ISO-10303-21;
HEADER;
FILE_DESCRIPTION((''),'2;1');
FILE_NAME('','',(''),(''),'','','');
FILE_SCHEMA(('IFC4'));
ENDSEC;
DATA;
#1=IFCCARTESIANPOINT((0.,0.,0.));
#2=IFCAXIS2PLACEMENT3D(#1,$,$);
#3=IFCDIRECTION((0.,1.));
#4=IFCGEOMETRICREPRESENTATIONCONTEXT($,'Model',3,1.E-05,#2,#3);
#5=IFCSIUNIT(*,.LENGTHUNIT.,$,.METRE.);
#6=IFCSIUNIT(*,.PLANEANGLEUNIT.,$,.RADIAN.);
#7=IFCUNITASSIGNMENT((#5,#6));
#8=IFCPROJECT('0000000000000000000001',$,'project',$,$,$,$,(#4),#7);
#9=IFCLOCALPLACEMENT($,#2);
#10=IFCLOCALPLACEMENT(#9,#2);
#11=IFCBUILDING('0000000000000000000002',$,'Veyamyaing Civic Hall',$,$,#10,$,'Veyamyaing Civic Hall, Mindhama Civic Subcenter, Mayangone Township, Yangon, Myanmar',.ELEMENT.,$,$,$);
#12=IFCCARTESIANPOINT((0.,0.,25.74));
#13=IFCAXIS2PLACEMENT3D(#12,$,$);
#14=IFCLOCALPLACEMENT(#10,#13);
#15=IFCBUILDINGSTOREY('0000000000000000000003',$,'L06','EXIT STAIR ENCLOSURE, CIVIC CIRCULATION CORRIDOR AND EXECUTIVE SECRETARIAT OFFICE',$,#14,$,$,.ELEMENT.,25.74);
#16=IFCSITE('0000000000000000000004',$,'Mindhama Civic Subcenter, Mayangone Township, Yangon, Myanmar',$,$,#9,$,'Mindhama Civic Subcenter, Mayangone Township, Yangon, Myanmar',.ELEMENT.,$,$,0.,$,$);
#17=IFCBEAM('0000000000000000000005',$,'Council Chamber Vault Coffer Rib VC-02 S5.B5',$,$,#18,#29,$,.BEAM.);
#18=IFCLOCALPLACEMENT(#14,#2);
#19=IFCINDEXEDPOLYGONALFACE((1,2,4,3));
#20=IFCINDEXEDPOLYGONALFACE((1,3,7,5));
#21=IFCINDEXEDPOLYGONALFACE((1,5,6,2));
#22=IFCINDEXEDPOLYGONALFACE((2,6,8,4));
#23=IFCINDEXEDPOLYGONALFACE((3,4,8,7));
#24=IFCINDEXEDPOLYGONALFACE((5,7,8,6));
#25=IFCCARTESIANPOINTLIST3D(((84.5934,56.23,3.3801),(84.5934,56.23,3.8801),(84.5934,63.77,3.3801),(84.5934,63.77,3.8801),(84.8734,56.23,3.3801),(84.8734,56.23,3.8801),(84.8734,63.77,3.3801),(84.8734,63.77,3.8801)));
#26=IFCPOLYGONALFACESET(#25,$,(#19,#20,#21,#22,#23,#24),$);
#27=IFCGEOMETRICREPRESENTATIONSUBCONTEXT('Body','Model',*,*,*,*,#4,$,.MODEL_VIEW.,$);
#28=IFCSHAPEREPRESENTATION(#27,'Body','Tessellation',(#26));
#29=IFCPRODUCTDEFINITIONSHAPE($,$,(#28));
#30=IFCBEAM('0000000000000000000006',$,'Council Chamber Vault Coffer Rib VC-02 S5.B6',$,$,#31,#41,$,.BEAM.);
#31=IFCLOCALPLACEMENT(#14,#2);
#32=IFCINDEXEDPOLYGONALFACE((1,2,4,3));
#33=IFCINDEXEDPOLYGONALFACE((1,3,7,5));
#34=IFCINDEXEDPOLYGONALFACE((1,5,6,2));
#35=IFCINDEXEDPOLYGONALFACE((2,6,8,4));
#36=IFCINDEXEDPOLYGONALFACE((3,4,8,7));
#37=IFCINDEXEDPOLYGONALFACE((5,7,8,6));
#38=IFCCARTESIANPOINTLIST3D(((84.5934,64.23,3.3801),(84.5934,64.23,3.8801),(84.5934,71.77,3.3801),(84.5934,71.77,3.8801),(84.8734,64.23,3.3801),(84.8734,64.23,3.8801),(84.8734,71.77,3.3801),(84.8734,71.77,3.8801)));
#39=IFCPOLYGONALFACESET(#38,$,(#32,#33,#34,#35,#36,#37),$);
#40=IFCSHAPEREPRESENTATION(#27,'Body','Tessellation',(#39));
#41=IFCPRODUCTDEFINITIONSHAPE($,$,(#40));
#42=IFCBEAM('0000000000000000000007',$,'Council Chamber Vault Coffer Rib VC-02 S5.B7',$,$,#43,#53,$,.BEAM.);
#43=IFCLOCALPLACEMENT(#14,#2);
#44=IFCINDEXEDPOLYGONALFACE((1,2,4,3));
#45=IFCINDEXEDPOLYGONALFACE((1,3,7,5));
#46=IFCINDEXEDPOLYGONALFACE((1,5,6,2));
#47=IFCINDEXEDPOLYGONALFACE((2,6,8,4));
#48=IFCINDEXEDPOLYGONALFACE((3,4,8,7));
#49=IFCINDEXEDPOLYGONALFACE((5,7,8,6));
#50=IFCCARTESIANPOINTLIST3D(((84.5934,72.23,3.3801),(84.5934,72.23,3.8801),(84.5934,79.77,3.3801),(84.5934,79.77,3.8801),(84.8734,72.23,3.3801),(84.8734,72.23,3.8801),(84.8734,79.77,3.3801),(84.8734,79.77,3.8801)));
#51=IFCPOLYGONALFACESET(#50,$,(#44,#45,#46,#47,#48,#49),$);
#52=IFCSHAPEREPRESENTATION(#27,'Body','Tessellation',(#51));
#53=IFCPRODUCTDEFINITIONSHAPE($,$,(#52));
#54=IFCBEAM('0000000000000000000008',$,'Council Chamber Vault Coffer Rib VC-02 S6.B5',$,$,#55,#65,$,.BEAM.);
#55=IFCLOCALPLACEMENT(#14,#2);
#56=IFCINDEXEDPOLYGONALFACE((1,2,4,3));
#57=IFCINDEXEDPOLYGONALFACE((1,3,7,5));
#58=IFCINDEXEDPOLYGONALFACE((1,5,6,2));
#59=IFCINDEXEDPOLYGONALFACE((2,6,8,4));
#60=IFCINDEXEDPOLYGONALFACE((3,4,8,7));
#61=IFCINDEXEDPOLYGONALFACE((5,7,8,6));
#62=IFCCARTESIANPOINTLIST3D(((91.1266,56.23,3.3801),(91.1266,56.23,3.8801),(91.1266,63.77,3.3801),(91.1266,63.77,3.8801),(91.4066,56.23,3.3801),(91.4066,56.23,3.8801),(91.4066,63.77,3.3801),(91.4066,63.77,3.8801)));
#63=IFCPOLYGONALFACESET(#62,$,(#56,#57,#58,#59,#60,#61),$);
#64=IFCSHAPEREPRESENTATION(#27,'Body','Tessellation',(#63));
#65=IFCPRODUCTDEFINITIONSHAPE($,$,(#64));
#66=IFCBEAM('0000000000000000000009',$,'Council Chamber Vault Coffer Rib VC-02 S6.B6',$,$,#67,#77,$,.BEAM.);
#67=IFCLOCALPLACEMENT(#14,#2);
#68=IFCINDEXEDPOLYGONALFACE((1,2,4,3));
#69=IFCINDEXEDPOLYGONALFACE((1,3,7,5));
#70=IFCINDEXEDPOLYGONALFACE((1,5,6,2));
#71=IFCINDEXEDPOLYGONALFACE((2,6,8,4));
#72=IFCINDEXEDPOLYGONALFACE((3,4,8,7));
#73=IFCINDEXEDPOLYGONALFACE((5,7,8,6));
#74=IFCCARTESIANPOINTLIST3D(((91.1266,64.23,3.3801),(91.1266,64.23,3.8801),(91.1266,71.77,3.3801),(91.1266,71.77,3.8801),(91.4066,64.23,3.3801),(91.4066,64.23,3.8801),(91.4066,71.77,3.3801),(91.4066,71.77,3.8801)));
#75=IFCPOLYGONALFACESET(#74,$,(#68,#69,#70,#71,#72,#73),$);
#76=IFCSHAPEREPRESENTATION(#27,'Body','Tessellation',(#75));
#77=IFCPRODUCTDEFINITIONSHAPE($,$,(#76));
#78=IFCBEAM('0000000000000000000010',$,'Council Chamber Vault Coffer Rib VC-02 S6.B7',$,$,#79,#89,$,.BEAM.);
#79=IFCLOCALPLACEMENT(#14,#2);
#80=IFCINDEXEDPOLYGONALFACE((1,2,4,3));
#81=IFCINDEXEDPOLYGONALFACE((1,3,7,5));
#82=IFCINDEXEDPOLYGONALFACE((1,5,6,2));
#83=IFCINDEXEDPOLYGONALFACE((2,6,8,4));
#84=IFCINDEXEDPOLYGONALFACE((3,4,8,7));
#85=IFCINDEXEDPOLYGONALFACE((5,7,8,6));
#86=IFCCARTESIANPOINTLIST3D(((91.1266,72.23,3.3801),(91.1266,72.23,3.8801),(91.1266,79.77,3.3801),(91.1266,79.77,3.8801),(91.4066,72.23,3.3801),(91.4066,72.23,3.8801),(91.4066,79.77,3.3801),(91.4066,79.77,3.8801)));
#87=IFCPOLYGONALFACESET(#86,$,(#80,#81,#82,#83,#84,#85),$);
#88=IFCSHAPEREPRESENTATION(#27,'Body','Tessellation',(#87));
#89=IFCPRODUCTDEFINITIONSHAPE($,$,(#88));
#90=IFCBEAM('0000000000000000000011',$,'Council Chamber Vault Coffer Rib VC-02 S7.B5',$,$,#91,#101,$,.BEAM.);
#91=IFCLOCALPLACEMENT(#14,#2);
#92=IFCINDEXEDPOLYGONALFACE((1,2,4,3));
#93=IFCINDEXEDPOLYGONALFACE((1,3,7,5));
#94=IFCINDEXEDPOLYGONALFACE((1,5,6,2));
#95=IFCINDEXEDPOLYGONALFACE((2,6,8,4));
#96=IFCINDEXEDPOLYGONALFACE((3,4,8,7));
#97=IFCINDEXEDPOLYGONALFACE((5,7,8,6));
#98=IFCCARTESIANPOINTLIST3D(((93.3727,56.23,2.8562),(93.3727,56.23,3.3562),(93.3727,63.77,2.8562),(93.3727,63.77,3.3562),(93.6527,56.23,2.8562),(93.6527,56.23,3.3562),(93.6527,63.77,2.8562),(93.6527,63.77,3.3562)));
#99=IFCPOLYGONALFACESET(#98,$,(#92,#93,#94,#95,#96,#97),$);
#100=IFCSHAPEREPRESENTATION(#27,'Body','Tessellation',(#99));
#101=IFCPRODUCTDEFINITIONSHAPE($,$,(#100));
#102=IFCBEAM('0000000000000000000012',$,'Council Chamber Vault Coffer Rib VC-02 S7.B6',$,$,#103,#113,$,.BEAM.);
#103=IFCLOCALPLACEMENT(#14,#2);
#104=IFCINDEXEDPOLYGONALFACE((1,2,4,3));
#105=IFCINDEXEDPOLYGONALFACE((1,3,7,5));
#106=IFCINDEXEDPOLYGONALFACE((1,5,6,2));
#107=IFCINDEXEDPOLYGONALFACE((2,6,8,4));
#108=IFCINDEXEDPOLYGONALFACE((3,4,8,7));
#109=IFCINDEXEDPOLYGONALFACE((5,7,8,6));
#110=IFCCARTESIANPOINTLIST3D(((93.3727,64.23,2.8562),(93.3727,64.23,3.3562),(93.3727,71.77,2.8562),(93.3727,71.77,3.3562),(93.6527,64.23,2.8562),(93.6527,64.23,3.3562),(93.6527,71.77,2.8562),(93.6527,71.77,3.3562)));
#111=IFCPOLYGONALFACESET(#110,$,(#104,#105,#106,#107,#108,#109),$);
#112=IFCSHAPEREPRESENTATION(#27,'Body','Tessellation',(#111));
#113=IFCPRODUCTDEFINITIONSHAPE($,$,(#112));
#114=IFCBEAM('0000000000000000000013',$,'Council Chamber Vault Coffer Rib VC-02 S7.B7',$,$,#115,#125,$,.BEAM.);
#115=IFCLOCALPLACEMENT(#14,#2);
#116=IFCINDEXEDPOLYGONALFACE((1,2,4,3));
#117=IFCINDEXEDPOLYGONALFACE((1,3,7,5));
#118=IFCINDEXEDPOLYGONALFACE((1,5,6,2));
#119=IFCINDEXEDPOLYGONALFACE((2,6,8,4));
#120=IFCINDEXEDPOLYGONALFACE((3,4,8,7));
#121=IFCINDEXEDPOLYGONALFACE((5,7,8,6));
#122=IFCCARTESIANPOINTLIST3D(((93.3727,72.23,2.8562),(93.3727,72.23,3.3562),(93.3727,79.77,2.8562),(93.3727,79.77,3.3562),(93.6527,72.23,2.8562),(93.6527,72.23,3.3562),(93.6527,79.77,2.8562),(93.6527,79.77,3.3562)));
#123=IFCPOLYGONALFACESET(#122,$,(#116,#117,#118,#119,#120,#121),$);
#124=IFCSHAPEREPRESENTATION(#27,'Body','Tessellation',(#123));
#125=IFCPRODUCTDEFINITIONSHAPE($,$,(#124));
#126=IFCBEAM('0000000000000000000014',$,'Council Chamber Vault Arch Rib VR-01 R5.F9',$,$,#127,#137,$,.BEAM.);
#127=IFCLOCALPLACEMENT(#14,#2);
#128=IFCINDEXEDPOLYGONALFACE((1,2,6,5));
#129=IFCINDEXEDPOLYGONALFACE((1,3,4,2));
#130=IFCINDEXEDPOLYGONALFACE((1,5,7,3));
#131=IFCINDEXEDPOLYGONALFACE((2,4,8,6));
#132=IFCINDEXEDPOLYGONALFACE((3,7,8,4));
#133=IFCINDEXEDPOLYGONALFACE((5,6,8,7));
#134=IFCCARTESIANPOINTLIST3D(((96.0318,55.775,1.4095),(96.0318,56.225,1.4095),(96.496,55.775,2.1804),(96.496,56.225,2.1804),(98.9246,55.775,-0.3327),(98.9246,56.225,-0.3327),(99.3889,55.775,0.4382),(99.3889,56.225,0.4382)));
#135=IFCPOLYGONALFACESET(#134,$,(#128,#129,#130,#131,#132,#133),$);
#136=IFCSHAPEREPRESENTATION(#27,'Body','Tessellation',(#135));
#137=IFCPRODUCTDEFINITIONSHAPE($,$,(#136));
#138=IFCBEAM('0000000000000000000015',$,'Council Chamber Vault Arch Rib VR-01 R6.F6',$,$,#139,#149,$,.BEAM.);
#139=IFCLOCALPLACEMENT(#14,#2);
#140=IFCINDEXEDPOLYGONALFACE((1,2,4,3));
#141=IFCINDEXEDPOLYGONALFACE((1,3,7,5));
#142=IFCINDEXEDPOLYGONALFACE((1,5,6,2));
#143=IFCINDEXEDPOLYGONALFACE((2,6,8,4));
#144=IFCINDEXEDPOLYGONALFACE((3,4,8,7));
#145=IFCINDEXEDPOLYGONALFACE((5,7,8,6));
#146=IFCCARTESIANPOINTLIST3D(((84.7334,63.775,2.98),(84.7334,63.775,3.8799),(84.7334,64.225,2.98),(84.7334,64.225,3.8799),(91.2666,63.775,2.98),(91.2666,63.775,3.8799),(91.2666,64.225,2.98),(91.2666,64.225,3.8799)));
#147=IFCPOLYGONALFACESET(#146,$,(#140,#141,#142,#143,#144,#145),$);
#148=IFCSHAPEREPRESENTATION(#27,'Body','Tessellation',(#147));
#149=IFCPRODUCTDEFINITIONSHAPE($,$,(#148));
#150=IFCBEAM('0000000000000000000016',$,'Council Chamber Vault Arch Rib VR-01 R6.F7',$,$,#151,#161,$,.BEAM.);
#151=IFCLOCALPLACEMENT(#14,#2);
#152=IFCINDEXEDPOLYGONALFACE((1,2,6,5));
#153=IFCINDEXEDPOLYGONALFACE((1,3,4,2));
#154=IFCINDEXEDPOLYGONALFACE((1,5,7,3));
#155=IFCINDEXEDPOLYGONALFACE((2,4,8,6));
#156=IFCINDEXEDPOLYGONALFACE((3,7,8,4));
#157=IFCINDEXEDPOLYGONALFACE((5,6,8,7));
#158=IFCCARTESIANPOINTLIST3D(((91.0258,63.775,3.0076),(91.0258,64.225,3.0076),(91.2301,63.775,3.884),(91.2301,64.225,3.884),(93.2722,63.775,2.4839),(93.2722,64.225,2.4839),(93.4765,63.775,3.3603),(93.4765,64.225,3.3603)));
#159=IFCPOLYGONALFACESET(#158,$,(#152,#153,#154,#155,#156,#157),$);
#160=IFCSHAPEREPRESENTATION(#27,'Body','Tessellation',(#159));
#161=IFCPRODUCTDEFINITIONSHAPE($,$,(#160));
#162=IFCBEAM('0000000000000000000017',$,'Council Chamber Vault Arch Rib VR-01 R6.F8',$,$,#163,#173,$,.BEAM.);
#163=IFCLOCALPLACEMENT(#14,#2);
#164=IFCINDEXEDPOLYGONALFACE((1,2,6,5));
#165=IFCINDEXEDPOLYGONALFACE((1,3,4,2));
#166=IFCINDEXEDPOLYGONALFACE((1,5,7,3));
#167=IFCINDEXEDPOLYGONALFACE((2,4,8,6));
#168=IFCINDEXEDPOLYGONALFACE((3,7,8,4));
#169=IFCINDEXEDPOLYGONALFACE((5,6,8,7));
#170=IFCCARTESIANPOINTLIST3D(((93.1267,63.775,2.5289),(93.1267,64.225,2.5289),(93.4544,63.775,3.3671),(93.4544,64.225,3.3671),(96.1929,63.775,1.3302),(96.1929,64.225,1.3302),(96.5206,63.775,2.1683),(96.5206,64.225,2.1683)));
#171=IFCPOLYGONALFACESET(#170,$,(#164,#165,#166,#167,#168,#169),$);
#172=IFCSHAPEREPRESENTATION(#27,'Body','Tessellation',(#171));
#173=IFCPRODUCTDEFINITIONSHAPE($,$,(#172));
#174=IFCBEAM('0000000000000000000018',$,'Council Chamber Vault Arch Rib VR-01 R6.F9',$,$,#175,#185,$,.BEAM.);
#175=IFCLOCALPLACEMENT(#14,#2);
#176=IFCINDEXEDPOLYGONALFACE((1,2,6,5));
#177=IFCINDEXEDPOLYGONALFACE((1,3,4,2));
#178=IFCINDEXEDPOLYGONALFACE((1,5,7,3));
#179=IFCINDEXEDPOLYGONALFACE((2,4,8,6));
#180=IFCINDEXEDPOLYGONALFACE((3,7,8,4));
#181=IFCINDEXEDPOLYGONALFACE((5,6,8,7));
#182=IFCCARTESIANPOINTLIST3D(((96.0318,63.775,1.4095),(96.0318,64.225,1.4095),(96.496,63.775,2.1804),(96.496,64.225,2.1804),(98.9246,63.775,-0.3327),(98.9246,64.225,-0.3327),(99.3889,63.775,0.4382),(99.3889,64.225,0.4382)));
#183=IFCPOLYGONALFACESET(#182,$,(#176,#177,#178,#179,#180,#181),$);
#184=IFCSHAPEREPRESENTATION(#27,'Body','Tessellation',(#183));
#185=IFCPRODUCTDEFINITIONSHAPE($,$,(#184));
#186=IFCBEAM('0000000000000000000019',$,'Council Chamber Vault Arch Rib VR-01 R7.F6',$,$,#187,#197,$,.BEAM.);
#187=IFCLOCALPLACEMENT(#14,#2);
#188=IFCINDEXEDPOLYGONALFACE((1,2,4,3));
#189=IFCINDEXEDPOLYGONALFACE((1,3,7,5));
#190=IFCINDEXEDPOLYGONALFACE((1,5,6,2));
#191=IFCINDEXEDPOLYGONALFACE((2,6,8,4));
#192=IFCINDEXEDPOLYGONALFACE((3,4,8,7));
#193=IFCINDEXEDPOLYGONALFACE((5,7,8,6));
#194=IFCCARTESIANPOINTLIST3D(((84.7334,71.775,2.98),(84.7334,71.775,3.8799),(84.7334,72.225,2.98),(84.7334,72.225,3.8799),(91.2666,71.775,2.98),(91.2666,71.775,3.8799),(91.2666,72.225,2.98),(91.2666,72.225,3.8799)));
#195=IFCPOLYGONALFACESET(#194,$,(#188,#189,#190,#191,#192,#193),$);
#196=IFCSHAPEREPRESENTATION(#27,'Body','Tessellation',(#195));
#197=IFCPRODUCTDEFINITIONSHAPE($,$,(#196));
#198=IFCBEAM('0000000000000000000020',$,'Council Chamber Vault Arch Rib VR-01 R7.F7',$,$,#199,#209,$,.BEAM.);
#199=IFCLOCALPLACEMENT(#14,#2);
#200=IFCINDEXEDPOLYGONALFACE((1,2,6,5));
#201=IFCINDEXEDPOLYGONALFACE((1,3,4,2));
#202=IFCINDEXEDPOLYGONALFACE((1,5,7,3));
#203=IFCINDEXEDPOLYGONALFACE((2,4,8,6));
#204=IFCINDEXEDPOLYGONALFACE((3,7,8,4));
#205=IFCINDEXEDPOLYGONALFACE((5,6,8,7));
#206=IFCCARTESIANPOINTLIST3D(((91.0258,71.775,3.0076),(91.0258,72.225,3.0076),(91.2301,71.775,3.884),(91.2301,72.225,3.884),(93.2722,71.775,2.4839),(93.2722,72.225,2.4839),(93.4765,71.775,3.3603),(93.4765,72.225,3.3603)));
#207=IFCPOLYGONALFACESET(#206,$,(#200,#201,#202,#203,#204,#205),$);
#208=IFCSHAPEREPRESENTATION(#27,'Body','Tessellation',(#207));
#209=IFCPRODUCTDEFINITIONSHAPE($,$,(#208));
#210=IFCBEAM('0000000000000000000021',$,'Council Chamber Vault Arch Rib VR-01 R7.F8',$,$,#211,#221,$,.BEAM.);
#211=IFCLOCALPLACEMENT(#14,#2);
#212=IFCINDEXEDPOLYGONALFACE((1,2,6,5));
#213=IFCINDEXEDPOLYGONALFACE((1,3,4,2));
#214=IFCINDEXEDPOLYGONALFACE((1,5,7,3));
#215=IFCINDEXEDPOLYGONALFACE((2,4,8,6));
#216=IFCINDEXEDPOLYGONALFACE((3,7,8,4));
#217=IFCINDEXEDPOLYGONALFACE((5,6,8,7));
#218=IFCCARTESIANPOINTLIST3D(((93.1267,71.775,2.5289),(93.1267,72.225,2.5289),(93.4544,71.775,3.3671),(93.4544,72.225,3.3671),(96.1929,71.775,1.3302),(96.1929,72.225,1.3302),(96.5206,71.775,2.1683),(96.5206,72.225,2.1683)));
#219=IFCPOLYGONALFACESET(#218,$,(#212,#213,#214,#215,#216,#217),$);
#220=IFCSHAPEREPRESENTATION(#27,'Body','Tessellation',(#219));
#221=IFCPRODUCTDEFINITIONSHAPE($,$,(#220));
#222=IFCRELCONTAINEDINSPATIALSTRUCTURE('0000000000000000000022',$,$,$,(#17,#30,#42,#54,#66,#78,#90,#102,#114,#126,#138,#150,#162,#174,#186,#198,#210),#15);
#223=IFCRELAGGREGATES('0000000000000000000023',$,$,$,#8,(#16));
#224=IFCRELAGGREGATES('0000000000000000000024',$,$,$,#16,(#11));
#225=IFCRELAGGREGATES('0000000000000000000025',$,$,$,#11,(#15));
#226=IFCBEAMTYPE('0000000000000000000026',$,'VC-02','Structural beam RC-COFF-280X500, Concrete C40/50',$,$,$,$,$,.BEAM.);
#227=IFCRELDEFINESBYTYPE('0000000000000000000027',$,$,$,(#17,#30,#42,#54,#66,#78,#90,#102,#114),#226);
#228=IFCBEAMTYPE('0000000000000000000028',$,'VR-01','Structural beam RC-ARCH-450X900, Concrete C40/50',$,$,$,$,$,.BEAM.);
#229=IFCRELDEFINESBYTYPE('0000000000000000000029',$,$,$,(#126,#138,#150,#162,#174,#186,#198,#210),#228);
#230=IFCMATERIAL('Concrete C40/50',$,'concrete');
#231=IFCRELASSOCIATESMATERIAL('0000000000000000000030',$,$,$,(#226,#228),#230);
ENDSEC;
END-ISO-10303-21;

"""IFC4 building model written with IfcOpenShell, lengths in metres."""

from ifc_helpers import new_model, si_unit, direction, frame, origin, origin_2d, place, context, subcontext, project, spatial, rectangle, extrude, material, material_profile, profile_set, type_object, element, save


model = new_model("IFC4")

# Units and contexts
model_context = context("Model", 3, precision=1e-05, world=origin(), true_north=direction((0.0, 1.0)))
body_context = subcontext(model_context, "Body", "Model", "MODEL_VIEW")
ifc_project = project(units=[si_unit("LENGTHUNIT", "METRE"), si_unit("PLANEANGLEUNIT", "RADIAN")], contexts=[model_context])

# Site, building, storey
site_placement = place(None, origin())
site = spatial("IfcSite", under=ifc_project, at=site_placement, Name="Mindhama Civic Subcenter, Mayangone Township, Yangon, Myanmar", LongName="Mindhama Civic Subcenter, Mayangone Township, Yangon, Myanmar", CompositionType="ELEMENT", RefElevation=0.0)
building_placement = place(site_placement, origin())
building = spatial("IfcBuilding", under=site, at=building_placement, Name="Veyamyaing Civic Hall", LongName="Veyamyaing Civic Hall, Mindhama Civic Subcenter, Mayangone Township, Yangon, Myanmar", CompositionType="ELEMENT")
storey_placement = place(building_placement, frame((0.0, 0.0, 25.74)))
storey = spatial("IfcBuildingStorey", under=building, at=storey_placement, Name="L06", Description="EXIT STAIR ENCLOSURE, CIVIC CIRCULATION CORRIDOR AND EXECUTIVE SECRETARIAT OFFICE", CompositionType="ELEMENT", Elevation=25.74)

# Beams
ifc_material = material(Name="Concrete C40/50", Category="concrete")
ifc_material_profile_1 = material_profile(ifc_material, rectangle(XDim=0.28, YDim=0.5, at=origin_2d()), Name="RC-COFF-280X500")
ifc_profile_set_1 = profile_set([ifc_material_profile_1], Name="Concrete C40/50")
beam_type_1 = type_object("IfcBeamType", Name="VC-02", Description="Structural beam RC-COFF-280X500, Concrete C40/50", PredefinedType="BEAM", material=ifc_profile_set_1)
for number, where, z_axis, x_axis, name in (
    (1, (84.7334, 56.23, 3.6301), (0.0, 1.0, 0.0), (-1.0, 0.0, 0.0), "Council Chamber Vault Coffer Rib VC-02 S5.B5"),
    (2, (84.7334, 64.23, 3.6301), (0.0, 1.0, 0.0), (-1.0, 0.0, 0.0), "Council Chamber Vault Coffer Rib VC-02 S5.B6"),
    (3, (84.7334, 72.23, 3.6301), (0.0, 1.0, 0.0), (-1.0, 0.0, 0.0), "Council Chamber Vault Coffer Rib VC-02 S5.B7"),
    (4, (91.2666, 56.23, 3.6301), (0.0, 1.0, 0.0), (-1.0, 0.0, 0.0), "Council Chamber Vault Coffer Rib VC-02 S6.B5"),
    (5, (91.2666, 64.23, 3.6301), (0.0, 1.0, 0.0), (-1.0, 0.0, 0.0), "Council Chamber Vault Coffer Rib VC-02 S6.B6"),
    (6, (91.2666, 72.23, 3.6301), (0.0, 1.0, 0.0), (-1.0, 0.0, 0.0), "Council Chamber Vault Coffer Rib VC-02 S6.B7"),
    (7, (93.5127, 56.23, 3.1062), (0.0, 1.0, 0.0), (-1.0, 0.0, 0.0), "Council Chamber Vault Coffer Rib VC-02 S7.B5"),
    (8, (93.5127, 64.23, 3.1062), (0.0, 1.0, 0.0), (-1.0, 0.0, 0.0), "Council Chamber Vault Coffer Rib VC-02 S7.B6"),
    (9, (93.5127, 72.23, 3.1062), (0.0, 1.0, 0.0), (-1.0, 0.0, 0.0), "Council Chamber Vault Coffer Rib VC-02 S7.B7"),
):
    element("IfcBeam", number, at=place(storey_placement, frame(where, z_axis=z_axis, x_axis=x_axis)), inside=storey, type_object=beam_type_1, Name=name, PredefinedType="BEAM", context=body_context, shape_type="SweptSolid", body=[
        extrude(rectangle(XDim=0.28, YDim=0.5, at=origin_2d()), origin(), (0.0, 0.0, 1.0), 7.54),
    ])
ifc_material_profile_2 = material_profile(ifc_material, rectangle(XDim=0.45, YDim=0.8999, at=origin_2d()), Name="RC-ARCH-450X900")
ifc_profile_set_2 = profile_set([ifc_material_profile_2], Name="Concrete C40/50")
beam_type_2 = type_object("IfcBeamType", Name="VR-01", Description="Structural beam RC-ARCH-450X900, Concrete C40/50", PredefinedType="BEAM", material=ifc_profile_set_2)
beam_1_placement = place(storey_placement, frame((96.2639, 56.0, 1.7949), z_axis=(0.856643, 0.0, -0.515909), x_axis=(0.0, 1.0, 0.0)))
element("IfcBeam", 10, at=beam_1_placement, inside=storey, type_object=beam_type_2, Name="Council Chamber Vault Arch Rib VR-01 R5.F9", PredefinedType="BEAM", context=body_context, shape_type="SweptSolid", body=[
    extrude(rectangle(XDim=0.45, YDim=0.8999, at=origin_2d()), origin(), (0.0, 0.0, 1.0), 3.377),
])
beam_2_placement = place(storey_placement, frame((84.7334, 64.0, 3.4299), z_axis=(1.0, 0.0, 0.0), x_axis=(0.0, 1.0, 0.0)))
element("IfcBeam", 11, at=beam_2_placement, inside=storey, type_object=beam_type_2, Name="Council Chamber Vault Arch Rib VR-01 R6.F6", PredefinedType="BEAM", context=body_context, shape_type="SweptSolid", body=[
    extrude(rectangle(XDim=0.45, YDim=0.8999, at=origin_2d()), origin(), (0.0, 0.0, 1.0), 6.5332),
])
beam_3_placement = place(storey_placement, frame((91.1279, 64.0, 3.4458), z_axis=(0.973886, 0.0, -0.227039), x_axis=(0.0, 1.0, 0.0)))
element("IfcBeam", 12, at=beam_3_placement, inside=storey, type_object=beam_type_2, Name="Council Chamber Vault Arch Rib VR-01 R6.F7", PredefinedType="BEAM", context=body_context, shape_type="SweptSolid", body=[
    extrude(rectangle(XDim=0.45, YDim=0.8999, at=origin_2d()), origin(), (0.0, 0.0, 1.0), 2.3066),
])
beam_4_placement = place(storey_placement, frame((93.2905, 64.0, 2.948), z_axis=(0.931353, 0.0, -0.364117), x_axis=(0.0, 1.0, 0.0)))
element("IfcBeam", 13, at=beam_4_placement, inside=storey, type_object=beam_type_2, Name="Council Chamber Vault Arch Rib VR-01 R6.F8", PredefinedType="BEAM", context=body_context, shape_type="SweptSolid", body=[
    extrude(rectangle(XDim=0.45, YDim=0.8999, at=origin_2d()), origin(), (0.0, 0.0, 1.0), 3.2922),
])
beam_5_placement = place(storey_placement, frame((96.2639, 64.0, 1.7949), z_axis=(0.856643, 0.0, -0.515909), x_axis=(0.0, 1.0, 0.0)))
element("IfcBeam", 14, at=beam_5_placement, inside=storey, type_object=beam_type_2, Name="Council Chamber Vault Arch Rib VR-01 R6.F9", PredefinedType="BEAM", context=body_context, shape_type="SweptSolid", body=[
    extrude(rectangle(XDim=0.45, YDim=0.8999, at=origin_2d()), origin(), (0.0, 0.0, 1.0), 3.377),
])
beam_6_placement = place(storey_placement, frame((84.7334, 72.0, 3.4299), z_axis=(1.0, 0.0, 0.0), x_axis=(0.0, 1.0, 0.0)))
element("IfcBeam", 15, at=beam_6_placement, inside=storey, type_object=beam_type_2, Name="Council Chamber Vault Arch Rib VR-01 R7.F6", PredefinedType="BEAM", context=body_context, shape_type="SweptSolid", body=[
    extrude(rectangle(XDim=0.45, YDim=0.8999, at=origin_2d()), origin(), (0.0, 0.0, 1.0), 6.5332),
])
beam_7_placement = place(storey_placement, frame((91.1279, 72.0, 3.4458), z_axis=(0.973886, 0.0, -0.227039), x_axis=(0.0, 1.0, 0.0)))
element("IfcBeam", 16, at=beam_7_placement, inside=storey, type_object=beam_type_2, Name="Council Chamber Vault Arch Rib VR-01 R7.F7", PredefinedType="BEAM", context=body_context, shape_type="SweptSolid", body=[
    extrude(rectangle(XDim=0.45, YDim=0.8999, at=origin_2d()), origin(), (0.0, 0.0, 1.0), 2.3066),
])
beam_8_placement = place(storey_placement, frame((93.2905, 72.0, 2.948), z_axis=(0.931353, 0.0, -0.364117), x_axis=(0.0, 1.0, 0.0)))
element("IfcBeam", 17, at=beam_8_placement, inside=storey, type_object=beam_type_2, Name="Council Chamber Vault Arch Rib VR-01 R7.F8", PredefinedType="BEAM", context=body_context, shape_type="SweptSolid", body=[
    extrude(rectangle(XDim=0.45, YDim=0.8999, at=origin_2d()), origin(), (0.0, 0.0, 1.0), 3.2922),
])

save(model, "model.ifc")
